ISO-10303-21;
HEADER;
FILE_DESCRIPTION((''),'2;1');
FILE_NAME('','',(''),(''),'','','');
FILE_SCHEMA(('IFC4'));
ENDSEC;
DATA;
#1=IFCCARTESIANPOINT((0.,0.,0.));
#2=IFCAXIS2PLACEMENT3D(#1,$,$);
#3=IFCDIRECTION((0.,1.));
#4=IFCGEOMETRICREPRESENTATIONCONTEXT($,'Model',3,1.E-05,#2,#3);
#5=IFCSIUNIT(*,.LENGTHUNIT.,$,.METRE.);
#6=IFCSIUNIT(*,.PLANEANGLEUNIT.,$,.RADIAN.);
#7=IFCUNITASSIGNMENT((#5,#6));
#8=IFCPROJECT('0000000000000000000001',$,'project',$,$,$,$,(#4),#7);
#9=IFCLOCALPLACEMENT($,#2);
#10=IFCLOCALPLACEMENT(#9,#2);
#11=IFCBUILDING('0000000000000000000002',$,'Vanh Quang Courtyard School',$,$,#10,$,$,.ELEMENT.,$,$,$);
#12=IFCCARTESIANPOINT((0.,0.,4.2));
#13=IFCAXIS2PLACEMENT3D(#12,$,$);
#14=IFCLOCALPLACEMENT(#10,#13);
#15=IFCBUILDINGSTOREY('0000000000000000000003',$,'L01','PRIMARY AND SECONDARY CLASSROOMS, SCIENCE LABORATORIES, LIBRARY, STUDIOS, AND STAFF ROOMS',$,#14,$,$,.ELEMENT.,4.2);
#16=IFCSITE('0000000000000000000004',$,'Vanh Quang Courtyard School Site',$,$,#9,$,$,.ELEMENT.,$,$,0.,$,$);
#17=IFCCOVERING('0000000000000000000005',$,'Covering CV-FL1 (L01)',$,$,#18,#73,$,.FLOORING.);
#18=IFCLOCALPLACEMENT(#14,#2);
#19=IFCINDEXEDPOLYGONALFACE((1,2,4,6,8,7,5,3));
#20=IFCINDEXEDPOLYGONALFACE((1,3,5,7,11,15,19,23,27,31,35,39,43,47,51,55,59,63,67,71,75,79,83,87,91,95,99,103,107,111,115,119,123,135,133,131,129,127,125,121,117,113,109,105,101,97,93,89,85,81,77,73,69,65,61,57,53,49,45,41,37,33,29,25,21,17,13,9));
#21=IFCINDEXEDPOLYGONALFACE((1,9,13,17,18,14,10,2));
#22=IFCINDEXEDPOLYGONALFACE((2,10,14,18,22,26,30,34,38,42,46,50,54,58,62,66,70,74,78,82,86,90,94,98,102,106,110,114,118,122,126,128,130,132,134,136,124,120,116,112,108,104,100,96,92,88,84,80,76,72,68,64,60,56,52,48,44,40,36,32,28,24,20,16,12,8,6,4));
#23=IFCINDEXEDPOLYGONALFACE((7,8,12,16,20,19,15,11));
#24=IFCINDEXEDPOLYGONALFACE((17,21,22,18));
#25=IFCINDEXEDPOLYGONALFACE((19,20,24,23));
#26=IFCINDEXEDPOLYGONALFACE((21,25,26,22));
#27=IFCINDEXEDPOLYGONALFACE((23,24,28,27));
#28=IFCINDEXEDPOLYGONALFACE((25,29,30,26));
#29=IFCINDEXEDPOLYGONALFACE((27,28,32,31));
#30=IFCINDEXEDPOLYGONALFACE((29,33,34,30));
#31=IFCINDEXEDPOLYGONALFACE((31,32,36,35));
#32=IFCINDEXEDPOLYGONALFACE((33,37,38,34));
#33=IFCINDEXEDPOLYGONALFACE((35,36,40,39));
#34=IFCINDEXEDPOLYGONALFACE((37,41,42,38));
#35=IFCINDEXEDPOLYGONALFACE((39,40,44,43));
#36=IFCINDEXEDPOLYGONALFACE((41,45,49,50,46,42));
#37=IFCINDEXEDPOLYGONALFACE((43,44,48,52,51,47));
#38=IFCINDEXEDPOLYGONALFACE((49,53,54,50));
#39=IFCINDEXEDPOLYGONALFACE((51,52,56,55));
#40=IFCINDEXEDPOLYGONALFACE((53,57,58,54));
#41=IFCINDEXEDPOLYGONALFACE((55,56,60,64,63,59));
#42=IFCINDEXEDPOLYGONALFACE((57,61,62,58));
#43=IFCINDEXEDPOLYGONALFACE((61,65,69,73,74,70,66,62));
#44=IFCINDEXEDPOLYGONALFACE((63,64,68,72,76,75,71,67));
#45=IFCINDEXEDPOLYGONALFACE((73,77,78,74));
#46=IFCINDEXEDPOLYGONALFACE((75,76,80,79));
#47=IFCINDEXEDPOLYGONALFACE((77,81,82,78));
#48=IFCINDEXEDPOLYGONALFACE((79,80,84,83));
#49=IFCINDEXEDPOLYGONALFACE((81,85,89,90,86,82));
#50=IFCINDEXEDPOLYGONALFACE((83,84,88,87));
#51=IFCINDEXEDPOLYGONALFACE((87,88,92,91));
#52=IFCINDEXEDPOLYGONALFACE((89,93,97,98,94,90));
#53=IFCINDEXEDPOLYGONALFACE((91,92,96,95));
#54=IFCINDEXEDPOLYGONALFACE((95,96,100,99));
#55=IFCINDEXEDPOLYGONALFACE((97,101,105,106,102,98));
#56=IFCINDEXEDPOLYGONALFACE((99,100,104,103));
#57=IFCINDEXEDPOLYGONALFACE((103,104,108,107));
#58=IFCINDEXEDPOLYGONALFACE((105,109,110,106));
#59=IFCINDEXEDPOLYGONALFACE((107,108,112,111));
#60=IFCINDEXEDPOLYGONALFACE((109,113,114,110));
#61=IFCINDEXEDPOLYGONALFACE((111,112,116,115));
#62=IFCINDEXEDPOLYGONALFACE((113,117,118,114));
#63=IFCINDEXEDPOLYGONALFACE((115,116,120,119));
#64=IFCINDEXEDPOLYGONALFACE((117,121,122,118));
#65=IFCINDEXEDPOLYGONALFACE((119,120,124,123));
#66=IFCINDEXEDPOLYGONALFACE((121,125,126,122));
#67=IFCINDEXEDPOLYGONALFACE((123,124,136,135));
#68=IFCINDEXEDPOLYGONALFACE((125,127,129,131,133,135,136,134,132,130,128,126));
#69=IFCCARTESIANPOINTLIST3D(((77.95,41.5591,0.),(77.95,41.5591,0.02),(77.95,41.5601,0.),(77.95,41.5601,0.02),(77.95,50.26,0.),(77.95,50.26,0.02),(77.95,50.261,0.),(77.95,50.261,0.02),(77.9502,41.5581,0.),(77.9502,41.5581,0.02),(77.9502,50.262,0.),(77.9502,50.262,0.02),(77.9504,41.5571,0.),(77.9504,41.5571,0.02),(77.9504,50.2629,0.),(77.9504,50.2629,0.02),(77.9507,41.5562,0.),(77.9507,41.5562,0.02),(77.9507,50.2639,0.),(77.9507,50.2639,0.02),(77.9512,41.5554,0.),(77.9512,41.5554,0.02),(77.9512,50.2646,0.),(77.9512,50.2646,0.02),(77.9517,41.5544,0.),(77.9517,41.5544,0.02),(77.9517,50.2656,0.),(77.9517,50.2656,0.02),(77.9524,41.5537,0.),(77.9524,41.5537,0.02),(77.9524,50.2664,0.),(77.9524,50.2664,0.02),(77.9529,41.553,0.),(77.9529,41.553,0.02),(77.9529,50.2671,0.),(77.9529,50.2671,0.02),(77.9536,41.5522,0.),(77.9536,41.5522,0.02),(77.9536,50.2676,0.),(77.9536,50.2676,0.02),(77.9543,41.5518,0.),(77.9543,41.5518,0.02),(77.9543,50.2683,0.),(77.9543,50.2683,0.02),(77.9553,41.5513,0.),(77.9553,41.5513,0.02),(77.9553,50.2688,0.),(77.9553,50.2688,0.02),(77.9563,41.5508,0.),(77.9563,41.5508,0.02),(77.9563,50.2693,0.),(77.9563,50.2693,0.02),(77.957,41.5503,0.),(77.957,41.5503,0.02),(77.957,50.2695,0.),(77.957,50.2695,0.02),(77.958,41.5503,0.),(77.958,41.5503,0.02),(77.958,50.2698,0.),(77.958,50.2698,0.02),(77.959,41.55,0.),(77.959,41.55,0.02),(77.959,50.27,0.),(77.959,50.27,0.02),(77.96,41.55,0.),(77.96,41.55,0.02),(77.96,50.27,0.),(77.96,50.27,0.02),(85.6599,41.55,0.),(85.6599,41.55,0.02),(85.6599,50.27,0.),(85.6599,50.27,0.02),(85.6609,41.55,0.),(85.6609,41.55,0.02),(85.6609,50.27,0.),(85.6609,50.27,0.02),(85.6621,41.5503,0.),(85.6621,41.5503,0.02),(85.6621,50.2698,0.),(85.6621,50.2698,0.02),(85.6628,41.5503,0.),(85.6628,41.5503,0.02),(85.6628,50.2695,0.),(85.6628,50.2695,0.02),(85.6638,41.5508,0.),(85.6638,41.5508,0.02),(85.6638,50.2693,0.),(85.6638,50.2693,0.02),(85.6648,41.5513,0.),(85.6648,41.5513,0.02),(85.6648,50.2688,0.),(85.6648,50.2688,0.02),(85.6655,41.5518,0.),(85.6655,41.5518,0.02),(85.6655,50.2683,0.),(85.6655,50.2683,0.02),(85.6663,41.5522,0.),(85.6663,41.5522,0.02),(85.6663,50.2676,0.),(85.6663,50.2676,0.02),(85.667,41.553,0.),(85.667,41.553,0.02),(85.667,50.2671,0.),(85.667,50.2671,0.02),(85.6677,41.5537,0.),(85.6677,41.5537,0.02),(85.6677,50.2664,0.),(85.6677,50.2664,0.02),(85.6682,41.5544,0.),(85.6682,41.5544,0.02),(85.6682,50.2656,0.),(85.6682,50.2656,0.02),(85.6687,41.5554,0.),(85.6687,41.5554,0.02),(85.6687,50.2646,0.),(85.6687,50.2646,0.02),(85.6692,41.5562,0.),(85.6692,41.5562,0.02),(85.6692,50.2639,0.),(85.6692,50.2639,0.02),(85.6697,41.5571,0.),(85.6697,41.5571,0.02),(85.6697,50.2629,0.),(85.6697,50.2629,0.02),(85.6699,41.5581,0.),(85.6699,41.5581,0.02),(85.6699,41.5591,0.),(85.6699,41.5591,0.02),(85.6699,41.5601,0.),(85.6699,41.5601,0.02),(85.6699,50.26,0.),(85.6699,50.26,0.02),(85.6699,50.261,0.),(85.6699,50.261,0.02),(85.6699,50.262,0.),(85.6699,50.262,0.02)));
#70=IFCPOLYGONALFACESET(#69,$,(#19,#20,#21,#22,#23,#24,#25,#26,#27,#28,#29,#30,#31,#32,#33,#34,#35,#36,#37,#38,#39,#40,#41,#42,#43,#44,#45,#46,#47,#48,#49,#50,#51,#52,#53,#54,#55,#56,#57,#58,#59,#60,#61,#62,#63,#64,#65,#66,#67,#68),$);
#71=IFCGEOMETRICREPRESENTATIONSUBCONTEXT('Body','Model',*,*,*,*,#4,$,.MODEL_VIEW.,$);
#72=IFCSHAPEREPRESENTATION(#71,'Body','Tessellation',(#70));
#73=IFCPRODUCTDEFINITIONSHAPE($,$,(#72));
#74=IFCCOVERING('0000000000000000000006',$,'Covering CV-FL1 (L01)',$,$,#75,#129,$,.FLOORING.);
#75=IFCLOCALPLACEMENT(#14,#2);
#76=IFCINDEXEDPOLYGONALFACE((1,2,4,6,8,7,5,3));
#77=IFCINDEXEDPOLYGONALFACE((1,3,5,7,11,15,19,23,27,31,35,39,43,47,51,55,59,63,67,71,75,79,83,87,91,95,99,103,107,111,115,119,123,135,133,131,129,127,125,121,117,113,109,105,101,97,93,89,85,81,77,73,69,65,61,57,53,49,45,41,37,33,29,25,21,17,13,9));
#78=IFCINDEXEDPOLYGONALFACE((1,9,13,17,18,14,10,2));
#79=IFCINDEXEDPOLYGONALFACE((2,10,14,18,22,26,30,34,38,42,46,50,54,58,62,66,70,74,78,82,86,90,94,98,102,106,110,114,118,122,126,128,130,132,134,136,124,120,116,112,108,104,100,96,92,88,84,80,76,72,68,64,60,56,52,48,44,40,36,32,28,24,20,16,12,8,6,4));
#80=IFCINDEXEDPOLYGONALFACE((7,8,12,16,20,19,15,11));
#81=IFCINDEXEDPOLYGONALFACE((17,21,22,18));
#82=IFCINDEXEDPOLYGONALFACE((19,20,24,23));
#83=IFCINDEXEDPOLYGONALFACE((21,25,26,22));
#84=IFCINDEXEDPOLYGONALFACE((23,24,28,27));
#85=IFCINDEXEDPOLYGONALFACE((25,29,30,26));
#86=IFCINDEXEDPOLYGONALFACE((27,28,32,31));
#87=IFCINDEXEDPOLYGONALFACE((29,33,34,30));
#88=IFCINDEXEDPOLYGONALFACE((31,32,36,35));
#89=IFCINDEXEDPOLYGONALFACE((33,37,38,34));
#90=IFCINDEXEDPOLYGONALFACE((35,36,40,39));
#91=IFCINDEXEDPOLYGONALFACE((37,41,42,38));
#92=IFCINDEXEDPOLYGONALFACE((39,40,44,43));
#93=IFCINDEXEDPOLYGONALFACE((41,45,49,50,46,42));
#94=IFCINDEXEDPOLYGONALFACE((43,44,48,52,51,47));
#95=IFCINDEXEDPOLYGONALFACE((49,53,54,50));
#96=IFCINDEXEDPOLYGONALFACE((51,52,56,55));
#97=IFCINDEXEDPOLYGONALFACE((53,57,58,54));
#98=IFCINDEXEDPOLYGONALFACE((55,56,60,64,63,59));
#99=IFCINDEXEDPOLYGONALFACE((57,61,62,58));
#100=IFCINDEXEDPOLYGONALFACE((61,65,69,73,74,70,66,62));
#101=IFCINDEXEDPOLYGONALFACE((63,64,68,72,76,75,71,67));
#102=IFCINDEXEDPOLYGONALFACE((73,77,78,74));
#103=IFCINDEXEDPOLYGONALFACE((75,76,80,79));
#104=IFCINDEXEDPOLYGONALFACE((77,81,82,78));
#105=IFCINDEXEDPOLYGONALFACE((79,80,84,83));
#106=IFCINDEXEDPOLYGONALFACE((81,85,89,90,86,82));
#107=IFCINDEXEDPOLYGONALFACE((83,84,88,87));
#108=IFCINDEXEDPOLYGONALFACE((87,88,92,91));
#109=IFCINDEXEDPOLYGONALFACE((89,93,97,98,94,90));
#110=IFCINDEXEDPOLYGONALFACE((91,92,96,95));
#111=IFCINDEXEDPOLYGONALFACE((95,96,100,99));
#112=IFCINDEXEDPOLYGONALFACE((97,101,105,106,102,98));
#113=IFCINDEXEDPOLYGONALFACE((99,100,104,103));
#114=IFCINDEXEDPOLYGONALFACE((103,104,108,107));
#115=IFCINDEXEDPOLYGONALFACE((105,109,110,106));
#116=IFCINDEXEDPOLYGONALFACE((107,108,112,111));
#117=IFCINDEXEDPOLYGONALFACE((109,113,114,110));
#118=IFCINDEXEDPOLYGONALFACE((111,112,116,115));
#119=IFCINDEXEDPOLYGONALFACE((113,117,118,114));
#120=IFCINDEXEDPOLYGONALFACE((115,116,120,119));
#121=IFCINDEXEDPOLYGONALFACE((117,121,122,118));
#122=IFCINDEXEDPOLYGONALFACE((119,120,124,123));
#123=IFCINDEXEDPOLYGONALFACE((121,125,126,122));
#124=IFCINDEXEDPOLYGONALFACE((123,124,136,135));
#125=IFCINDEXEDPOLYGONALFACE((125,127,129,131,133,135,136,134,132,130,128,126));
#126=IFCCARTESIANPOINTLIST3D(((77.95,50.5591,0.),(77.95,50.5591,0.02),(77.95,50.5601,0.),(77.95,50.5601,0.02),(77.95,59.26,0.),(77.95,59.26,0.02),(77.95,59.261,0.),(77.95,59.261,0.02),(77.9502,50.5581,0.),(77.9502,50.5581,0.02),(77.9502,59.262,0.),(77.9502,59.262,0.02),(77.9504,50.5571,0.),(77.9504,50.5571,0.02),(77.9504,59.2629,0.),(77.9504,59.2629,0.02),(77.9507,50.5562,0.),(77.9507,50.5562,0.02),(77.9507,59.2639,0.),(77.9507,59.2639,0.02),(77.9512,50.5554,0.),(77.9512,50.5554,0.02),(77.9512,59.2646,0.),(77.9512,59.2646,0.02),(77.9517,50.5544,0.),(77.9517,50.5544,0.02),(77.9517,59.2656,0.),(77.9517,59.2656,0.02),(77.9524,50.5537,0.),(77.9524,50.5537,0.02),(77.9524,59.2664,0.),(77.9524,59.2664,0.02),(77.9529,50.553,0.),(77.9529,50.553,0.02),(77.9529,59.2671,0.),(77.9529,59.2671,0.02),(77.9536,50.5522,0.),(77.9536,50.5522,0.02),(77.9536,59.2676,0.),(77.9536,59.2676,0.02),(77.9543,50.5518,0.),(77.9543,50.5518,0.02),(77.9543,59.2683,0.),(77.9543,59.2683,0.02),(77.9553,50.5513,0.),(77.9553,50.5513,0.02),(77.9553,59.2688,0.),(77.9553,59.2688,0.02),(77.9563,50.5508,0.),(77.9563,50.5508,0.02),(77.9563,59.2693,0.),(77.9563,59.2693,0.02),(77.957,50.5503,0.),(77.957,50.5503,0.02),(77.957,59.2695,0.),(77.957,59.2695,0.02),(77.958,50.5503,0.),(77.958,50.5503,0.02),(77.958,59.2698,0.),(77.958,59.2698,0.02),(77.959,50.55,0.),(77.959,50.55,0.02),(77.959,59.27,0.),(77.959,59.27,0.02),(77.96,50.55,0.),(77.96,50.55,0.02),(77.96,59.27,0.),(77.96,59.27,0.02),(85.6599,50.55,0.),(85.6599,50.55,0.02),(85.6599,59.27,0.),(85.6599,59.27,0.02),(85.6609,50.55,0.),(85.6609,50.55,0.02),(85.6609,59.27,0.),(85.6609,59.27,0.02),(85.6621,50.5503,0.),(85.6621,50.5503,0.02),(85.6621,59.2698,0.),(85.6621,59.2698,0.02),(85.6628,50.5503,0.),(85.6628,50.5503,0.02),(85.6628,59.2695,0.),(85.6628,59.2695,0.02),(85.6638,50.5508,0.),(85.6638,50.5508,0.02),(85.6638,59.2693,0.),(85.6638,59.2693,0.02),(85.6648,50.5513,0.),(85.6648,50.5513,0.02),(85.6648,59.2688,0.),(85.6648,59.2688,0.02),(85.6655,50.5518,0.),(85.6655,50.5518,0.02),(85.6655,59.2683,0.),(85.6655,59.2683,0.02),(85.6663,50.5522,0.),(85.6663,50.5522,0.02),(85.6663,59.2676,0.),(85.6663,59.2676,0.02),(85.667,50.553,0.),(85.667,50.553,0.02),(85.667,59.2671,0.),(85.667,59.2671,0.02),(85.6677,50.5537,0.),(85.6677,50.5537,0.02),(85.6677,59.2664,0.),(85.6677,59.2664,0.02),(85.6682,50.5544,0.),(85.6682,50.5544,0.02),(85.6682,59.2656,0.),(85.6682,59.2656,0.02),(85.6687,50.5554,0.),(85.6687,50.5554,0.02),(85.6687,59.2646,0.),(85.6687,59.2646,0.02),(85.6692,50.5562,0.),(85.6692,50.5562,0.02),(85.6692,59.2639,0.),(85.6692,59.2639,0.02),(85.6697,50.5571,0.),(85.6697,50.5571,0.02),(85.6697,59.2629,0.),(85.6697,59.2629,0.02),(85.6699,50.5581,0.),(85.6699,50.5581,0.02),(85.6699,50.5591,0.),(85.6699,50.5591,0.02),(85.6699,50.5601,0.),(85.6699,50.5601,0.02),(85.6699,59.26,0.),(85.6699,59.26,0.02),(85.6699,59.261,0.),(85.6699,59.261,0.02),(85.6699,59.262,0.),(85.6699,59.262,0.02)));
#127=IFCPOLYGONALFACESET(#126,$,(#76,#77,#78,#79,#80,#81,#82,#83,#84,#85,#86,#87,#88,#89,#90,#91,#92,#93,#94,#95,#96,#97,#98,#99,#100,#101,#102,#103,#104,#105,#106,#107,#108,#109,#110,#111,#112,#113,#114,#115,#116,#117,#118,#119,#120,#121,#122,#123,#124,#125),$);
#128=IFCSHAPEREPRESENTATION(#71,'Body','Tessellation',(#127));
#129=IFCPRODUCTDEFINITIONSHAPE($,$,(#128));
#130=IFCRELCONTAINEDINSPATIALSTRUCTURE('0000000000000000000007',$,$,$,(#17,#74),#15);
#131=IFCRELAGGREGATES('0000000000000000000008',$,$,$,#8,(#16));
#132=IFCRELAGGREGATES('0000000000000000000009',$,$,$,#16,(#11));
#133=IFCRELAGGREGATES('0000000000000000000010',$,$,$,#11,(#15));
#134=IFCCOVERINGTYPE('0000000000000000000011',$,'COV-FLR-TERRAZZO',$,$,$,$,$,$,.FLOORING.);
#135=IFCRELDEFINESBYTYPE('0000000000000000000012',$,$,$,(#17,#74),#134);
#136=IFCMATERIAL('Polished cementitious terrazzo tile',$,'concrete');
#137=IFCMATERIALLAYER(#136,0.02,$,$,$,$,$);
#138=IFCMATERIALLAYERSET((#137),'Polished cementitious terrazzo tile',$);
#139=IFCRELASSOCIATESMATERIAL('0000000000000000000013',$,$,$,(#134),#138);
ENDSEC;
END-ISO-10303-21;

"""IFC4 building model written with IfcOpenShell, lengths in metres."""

from ifc_helpers import new_model, si_unit, direction, frame, origin, place, context, subcontext, project, spatial, polyline, outline, extrude, material, layer, layer_set, type_object, element, save


model = new_model("IFC4")

# Units and contexts
model_context = context("Model", 3, precision=1e-05, world=origin(), true_north=direction((0.0, 1.0)))
body_context = subcontext(model_context, "Body", "Model", "MODEL_VIEW")
ifc_project = project(units=[si_unit("LENGTHUNIT", "METRE"), si_unit("PLANEANGLEUNIT", "RADIAN")], contexts=[model_context])

# Site, building, storey
site_placement = place(None, origin())
site = spatial("IfcSite", under=ifc_project, at=site_placement, Name="Vanh Quang Courtyard School Site", CompositionType="ELEMENT", RefElevation=0.0)
building_placement = place(site_placement, origin())
building = spatial("IfcBuilding", under=site, at=building_placement, Name="Vanh Quang Courtyard School", CompositionType="ELEMENT")
storey_placement = place(building_placement, frame((0.0, 0.0, 4.2)))
storey = spatial("IfcBuildingStorey", under=building, at=storey_placement, Name="L01", Description="PRIMARY AND SECONDARY CLASSROOMS, SCIENCE LABORATORIES, LIBRARY, STUDIOS, AND STAFF ROOMS", CompositionType="ELEMENT", Elevation=4.2)

# Coverings
ifc_material_1 = material(Name="Polished cementitious terrazzo tile", Category="concrete")
ifc_layer_1 = layer(ifc_material_1, 0.02)
ifc_layer_set_1 = layer_set([ifc_layer_1], Name="Polished cementitious terrazzo tile")
covering_type_1 = type_object("IfcCoveringType", Name="COV-FLR-TERRAZZO", PredefinedType="FLOORING", material=ifc_layer_set_1)
covering_1_placement = place(storey_placement, origin())
element("IfcCovering", 1, at=covering_1_placement, inside=storey, type_object=covering_type_1, Name="Covering CV-FL1 (L01)", PredefinedType="FLOORING", context=body_context, shape_type="SweptSolid", body=[
    extrude(outline(polyline([(77.96, 41.55), (77.959, 41.55), (77.958, 41.5503), (77.957, 41.5503), (77.9563, 41.5508), (77.9553, 41.5513), (77.9543, 41.5518), (77.9536, 41.5522), (77.9529, 41.553), (77.9524, 41.5537), (77.9517, 41.5544), (77.9512, 41.5554), (77.9507, 41.5562), (77.9504, 41.5571), (77.9502, 41.5581), (77.95, 41.5591), (77.95, 41.5601), (77.95, 50.26), (77.95, 50.261), (77.9502, 50.262), (77.9504, 50.2629), (77.9507, 50.2639), (77.9512, 50.2646), (77.9517, 50.2656), (77.9524, 50.2664), (77.9529, 50.2671), (77.9536, 50.2676), (77.9543, 50.2683), (77.9553, 50.2688), (77.9563, 50.2693), (77.957, 50.2695), (77.958, 50.2698), (77.959, 50.27), (77.96, 50.27), (85.6599, 50.27), (85.6609, 50.27), (85.6621, 50.2698), (85.6628, 50.2695), (85.6638, 50.2693), (85.6648, 50.2688), (85.6655, 50.2683), (85.6663, 50.2676), (85.667, 50.2671), (85.6677, 50.2664), (85.6682, 50.2656), (85.6687, 50.2646), (85.6692, 50.2639), (85.6697, 50.2629), (85.6699, 50.262), (85.6699, 50.261), (85.6699, 50.26), (85.6699, 41.5601), (85.6699, 41.5591), (85.6699, 41.5581), (85.6697, 41.5571), (85.6692, 41.5562), (85.6687, 41.5554), (85.6682, 41.5544), (85.6677, 41.5537), (85.667, 41.553), (85.6663, 41.5522), (85.6655, 41.5518), (85.6648, 41.5513), (85.6638, 41.5508), (85.6628, 41.5503), (85.6621, 41.5503), (85.6609, 41.55), (85.6599, 41.55), (77.96, 41.55)])), origin(), (0.0, 0.0, 1.0), 0.02),
])
covering_2_placement = place(storey_placement, origin())
element("IfcCovering", 2, at=covering_2_placement, inside=storey, type_object=covering_type_1, Name="Covering CV-FL1 (L01)", PredefinedType="FLOORING", context=body_context, shape_type="SweptSolid", body=[
    extrude(outline(polyline([(77.96, 50.55), (77.959, 50.55), (77.958, 50.5503), (77.957, 50.5503), (77.9563, 50.5508), (77.9553, 50.5513), (77.9543, 50.5518), (77.9536, 50.5522), (77.9529, 50.553), (77.9524, 50.5537), (77.9517, 50.5544), (77.9512, 50.5554), (77.9507, 50.5562), (77.9504, 50.5571), (77.9502, 50.5581), (77.95, 50.5591), (77.95, 50.5601), (77.95, 59.26), (77.95, 59.261), (77.9502, 59.262), (77.9504, 59.2629), (77.9507, 59.2639), (77.9512, 59.2646), (77.9517, 59.2656), (77.9524, 59.2664), (77.9529, 59.2671), (77.9536, 59.2676), (77.9543, 59.2683), (77.9553, 59.2688), (77.9563, 59.2693), (77.957, 59.2695), (77.958, 59.2698), (77.959, 59.27), (77.96, 59.27), (85.6599, 59.27), (85.6609, 59.27), (85.6621, 59.2698), (85.6628, 59.2695), (85.6638, 59.2693), (85.6648, 59.2688), (85.6655, 59.2683), (85.6663, 59.2676), (85.667, 59.2671), (85.6677, 59.2664), (85.6682, 59.2656), (85.6687, 59.2646), (85.6692, 59.2639), (85.6697, 59.2629), (85.6699, 59.262), (85.6699, 59.261), (85.6699, 59.26), (85.6699, 50.5601), (85.6699, 50.5591), (85.6699, 50.5581), (85.6697, 50.5571), (85.6692, 50.5562), (85.6687, 50.5554), (85.6682, 50.5544), (85.6677, 50.5537), (85.667, 50.553), (85.6663, 50.5522), (85.6655, 50.5518), (85.6648, 50.5513), (85.6638, 50.5508), (85.6628, 50.5503), (85.6621, 50.5503), (85.6609, 50.55), (85.6599, 50.55), (77.96, 50.55)])), origin(), (0.0, 0.0, 1.0), 0.02),
])

save(model, "model.ifc")
